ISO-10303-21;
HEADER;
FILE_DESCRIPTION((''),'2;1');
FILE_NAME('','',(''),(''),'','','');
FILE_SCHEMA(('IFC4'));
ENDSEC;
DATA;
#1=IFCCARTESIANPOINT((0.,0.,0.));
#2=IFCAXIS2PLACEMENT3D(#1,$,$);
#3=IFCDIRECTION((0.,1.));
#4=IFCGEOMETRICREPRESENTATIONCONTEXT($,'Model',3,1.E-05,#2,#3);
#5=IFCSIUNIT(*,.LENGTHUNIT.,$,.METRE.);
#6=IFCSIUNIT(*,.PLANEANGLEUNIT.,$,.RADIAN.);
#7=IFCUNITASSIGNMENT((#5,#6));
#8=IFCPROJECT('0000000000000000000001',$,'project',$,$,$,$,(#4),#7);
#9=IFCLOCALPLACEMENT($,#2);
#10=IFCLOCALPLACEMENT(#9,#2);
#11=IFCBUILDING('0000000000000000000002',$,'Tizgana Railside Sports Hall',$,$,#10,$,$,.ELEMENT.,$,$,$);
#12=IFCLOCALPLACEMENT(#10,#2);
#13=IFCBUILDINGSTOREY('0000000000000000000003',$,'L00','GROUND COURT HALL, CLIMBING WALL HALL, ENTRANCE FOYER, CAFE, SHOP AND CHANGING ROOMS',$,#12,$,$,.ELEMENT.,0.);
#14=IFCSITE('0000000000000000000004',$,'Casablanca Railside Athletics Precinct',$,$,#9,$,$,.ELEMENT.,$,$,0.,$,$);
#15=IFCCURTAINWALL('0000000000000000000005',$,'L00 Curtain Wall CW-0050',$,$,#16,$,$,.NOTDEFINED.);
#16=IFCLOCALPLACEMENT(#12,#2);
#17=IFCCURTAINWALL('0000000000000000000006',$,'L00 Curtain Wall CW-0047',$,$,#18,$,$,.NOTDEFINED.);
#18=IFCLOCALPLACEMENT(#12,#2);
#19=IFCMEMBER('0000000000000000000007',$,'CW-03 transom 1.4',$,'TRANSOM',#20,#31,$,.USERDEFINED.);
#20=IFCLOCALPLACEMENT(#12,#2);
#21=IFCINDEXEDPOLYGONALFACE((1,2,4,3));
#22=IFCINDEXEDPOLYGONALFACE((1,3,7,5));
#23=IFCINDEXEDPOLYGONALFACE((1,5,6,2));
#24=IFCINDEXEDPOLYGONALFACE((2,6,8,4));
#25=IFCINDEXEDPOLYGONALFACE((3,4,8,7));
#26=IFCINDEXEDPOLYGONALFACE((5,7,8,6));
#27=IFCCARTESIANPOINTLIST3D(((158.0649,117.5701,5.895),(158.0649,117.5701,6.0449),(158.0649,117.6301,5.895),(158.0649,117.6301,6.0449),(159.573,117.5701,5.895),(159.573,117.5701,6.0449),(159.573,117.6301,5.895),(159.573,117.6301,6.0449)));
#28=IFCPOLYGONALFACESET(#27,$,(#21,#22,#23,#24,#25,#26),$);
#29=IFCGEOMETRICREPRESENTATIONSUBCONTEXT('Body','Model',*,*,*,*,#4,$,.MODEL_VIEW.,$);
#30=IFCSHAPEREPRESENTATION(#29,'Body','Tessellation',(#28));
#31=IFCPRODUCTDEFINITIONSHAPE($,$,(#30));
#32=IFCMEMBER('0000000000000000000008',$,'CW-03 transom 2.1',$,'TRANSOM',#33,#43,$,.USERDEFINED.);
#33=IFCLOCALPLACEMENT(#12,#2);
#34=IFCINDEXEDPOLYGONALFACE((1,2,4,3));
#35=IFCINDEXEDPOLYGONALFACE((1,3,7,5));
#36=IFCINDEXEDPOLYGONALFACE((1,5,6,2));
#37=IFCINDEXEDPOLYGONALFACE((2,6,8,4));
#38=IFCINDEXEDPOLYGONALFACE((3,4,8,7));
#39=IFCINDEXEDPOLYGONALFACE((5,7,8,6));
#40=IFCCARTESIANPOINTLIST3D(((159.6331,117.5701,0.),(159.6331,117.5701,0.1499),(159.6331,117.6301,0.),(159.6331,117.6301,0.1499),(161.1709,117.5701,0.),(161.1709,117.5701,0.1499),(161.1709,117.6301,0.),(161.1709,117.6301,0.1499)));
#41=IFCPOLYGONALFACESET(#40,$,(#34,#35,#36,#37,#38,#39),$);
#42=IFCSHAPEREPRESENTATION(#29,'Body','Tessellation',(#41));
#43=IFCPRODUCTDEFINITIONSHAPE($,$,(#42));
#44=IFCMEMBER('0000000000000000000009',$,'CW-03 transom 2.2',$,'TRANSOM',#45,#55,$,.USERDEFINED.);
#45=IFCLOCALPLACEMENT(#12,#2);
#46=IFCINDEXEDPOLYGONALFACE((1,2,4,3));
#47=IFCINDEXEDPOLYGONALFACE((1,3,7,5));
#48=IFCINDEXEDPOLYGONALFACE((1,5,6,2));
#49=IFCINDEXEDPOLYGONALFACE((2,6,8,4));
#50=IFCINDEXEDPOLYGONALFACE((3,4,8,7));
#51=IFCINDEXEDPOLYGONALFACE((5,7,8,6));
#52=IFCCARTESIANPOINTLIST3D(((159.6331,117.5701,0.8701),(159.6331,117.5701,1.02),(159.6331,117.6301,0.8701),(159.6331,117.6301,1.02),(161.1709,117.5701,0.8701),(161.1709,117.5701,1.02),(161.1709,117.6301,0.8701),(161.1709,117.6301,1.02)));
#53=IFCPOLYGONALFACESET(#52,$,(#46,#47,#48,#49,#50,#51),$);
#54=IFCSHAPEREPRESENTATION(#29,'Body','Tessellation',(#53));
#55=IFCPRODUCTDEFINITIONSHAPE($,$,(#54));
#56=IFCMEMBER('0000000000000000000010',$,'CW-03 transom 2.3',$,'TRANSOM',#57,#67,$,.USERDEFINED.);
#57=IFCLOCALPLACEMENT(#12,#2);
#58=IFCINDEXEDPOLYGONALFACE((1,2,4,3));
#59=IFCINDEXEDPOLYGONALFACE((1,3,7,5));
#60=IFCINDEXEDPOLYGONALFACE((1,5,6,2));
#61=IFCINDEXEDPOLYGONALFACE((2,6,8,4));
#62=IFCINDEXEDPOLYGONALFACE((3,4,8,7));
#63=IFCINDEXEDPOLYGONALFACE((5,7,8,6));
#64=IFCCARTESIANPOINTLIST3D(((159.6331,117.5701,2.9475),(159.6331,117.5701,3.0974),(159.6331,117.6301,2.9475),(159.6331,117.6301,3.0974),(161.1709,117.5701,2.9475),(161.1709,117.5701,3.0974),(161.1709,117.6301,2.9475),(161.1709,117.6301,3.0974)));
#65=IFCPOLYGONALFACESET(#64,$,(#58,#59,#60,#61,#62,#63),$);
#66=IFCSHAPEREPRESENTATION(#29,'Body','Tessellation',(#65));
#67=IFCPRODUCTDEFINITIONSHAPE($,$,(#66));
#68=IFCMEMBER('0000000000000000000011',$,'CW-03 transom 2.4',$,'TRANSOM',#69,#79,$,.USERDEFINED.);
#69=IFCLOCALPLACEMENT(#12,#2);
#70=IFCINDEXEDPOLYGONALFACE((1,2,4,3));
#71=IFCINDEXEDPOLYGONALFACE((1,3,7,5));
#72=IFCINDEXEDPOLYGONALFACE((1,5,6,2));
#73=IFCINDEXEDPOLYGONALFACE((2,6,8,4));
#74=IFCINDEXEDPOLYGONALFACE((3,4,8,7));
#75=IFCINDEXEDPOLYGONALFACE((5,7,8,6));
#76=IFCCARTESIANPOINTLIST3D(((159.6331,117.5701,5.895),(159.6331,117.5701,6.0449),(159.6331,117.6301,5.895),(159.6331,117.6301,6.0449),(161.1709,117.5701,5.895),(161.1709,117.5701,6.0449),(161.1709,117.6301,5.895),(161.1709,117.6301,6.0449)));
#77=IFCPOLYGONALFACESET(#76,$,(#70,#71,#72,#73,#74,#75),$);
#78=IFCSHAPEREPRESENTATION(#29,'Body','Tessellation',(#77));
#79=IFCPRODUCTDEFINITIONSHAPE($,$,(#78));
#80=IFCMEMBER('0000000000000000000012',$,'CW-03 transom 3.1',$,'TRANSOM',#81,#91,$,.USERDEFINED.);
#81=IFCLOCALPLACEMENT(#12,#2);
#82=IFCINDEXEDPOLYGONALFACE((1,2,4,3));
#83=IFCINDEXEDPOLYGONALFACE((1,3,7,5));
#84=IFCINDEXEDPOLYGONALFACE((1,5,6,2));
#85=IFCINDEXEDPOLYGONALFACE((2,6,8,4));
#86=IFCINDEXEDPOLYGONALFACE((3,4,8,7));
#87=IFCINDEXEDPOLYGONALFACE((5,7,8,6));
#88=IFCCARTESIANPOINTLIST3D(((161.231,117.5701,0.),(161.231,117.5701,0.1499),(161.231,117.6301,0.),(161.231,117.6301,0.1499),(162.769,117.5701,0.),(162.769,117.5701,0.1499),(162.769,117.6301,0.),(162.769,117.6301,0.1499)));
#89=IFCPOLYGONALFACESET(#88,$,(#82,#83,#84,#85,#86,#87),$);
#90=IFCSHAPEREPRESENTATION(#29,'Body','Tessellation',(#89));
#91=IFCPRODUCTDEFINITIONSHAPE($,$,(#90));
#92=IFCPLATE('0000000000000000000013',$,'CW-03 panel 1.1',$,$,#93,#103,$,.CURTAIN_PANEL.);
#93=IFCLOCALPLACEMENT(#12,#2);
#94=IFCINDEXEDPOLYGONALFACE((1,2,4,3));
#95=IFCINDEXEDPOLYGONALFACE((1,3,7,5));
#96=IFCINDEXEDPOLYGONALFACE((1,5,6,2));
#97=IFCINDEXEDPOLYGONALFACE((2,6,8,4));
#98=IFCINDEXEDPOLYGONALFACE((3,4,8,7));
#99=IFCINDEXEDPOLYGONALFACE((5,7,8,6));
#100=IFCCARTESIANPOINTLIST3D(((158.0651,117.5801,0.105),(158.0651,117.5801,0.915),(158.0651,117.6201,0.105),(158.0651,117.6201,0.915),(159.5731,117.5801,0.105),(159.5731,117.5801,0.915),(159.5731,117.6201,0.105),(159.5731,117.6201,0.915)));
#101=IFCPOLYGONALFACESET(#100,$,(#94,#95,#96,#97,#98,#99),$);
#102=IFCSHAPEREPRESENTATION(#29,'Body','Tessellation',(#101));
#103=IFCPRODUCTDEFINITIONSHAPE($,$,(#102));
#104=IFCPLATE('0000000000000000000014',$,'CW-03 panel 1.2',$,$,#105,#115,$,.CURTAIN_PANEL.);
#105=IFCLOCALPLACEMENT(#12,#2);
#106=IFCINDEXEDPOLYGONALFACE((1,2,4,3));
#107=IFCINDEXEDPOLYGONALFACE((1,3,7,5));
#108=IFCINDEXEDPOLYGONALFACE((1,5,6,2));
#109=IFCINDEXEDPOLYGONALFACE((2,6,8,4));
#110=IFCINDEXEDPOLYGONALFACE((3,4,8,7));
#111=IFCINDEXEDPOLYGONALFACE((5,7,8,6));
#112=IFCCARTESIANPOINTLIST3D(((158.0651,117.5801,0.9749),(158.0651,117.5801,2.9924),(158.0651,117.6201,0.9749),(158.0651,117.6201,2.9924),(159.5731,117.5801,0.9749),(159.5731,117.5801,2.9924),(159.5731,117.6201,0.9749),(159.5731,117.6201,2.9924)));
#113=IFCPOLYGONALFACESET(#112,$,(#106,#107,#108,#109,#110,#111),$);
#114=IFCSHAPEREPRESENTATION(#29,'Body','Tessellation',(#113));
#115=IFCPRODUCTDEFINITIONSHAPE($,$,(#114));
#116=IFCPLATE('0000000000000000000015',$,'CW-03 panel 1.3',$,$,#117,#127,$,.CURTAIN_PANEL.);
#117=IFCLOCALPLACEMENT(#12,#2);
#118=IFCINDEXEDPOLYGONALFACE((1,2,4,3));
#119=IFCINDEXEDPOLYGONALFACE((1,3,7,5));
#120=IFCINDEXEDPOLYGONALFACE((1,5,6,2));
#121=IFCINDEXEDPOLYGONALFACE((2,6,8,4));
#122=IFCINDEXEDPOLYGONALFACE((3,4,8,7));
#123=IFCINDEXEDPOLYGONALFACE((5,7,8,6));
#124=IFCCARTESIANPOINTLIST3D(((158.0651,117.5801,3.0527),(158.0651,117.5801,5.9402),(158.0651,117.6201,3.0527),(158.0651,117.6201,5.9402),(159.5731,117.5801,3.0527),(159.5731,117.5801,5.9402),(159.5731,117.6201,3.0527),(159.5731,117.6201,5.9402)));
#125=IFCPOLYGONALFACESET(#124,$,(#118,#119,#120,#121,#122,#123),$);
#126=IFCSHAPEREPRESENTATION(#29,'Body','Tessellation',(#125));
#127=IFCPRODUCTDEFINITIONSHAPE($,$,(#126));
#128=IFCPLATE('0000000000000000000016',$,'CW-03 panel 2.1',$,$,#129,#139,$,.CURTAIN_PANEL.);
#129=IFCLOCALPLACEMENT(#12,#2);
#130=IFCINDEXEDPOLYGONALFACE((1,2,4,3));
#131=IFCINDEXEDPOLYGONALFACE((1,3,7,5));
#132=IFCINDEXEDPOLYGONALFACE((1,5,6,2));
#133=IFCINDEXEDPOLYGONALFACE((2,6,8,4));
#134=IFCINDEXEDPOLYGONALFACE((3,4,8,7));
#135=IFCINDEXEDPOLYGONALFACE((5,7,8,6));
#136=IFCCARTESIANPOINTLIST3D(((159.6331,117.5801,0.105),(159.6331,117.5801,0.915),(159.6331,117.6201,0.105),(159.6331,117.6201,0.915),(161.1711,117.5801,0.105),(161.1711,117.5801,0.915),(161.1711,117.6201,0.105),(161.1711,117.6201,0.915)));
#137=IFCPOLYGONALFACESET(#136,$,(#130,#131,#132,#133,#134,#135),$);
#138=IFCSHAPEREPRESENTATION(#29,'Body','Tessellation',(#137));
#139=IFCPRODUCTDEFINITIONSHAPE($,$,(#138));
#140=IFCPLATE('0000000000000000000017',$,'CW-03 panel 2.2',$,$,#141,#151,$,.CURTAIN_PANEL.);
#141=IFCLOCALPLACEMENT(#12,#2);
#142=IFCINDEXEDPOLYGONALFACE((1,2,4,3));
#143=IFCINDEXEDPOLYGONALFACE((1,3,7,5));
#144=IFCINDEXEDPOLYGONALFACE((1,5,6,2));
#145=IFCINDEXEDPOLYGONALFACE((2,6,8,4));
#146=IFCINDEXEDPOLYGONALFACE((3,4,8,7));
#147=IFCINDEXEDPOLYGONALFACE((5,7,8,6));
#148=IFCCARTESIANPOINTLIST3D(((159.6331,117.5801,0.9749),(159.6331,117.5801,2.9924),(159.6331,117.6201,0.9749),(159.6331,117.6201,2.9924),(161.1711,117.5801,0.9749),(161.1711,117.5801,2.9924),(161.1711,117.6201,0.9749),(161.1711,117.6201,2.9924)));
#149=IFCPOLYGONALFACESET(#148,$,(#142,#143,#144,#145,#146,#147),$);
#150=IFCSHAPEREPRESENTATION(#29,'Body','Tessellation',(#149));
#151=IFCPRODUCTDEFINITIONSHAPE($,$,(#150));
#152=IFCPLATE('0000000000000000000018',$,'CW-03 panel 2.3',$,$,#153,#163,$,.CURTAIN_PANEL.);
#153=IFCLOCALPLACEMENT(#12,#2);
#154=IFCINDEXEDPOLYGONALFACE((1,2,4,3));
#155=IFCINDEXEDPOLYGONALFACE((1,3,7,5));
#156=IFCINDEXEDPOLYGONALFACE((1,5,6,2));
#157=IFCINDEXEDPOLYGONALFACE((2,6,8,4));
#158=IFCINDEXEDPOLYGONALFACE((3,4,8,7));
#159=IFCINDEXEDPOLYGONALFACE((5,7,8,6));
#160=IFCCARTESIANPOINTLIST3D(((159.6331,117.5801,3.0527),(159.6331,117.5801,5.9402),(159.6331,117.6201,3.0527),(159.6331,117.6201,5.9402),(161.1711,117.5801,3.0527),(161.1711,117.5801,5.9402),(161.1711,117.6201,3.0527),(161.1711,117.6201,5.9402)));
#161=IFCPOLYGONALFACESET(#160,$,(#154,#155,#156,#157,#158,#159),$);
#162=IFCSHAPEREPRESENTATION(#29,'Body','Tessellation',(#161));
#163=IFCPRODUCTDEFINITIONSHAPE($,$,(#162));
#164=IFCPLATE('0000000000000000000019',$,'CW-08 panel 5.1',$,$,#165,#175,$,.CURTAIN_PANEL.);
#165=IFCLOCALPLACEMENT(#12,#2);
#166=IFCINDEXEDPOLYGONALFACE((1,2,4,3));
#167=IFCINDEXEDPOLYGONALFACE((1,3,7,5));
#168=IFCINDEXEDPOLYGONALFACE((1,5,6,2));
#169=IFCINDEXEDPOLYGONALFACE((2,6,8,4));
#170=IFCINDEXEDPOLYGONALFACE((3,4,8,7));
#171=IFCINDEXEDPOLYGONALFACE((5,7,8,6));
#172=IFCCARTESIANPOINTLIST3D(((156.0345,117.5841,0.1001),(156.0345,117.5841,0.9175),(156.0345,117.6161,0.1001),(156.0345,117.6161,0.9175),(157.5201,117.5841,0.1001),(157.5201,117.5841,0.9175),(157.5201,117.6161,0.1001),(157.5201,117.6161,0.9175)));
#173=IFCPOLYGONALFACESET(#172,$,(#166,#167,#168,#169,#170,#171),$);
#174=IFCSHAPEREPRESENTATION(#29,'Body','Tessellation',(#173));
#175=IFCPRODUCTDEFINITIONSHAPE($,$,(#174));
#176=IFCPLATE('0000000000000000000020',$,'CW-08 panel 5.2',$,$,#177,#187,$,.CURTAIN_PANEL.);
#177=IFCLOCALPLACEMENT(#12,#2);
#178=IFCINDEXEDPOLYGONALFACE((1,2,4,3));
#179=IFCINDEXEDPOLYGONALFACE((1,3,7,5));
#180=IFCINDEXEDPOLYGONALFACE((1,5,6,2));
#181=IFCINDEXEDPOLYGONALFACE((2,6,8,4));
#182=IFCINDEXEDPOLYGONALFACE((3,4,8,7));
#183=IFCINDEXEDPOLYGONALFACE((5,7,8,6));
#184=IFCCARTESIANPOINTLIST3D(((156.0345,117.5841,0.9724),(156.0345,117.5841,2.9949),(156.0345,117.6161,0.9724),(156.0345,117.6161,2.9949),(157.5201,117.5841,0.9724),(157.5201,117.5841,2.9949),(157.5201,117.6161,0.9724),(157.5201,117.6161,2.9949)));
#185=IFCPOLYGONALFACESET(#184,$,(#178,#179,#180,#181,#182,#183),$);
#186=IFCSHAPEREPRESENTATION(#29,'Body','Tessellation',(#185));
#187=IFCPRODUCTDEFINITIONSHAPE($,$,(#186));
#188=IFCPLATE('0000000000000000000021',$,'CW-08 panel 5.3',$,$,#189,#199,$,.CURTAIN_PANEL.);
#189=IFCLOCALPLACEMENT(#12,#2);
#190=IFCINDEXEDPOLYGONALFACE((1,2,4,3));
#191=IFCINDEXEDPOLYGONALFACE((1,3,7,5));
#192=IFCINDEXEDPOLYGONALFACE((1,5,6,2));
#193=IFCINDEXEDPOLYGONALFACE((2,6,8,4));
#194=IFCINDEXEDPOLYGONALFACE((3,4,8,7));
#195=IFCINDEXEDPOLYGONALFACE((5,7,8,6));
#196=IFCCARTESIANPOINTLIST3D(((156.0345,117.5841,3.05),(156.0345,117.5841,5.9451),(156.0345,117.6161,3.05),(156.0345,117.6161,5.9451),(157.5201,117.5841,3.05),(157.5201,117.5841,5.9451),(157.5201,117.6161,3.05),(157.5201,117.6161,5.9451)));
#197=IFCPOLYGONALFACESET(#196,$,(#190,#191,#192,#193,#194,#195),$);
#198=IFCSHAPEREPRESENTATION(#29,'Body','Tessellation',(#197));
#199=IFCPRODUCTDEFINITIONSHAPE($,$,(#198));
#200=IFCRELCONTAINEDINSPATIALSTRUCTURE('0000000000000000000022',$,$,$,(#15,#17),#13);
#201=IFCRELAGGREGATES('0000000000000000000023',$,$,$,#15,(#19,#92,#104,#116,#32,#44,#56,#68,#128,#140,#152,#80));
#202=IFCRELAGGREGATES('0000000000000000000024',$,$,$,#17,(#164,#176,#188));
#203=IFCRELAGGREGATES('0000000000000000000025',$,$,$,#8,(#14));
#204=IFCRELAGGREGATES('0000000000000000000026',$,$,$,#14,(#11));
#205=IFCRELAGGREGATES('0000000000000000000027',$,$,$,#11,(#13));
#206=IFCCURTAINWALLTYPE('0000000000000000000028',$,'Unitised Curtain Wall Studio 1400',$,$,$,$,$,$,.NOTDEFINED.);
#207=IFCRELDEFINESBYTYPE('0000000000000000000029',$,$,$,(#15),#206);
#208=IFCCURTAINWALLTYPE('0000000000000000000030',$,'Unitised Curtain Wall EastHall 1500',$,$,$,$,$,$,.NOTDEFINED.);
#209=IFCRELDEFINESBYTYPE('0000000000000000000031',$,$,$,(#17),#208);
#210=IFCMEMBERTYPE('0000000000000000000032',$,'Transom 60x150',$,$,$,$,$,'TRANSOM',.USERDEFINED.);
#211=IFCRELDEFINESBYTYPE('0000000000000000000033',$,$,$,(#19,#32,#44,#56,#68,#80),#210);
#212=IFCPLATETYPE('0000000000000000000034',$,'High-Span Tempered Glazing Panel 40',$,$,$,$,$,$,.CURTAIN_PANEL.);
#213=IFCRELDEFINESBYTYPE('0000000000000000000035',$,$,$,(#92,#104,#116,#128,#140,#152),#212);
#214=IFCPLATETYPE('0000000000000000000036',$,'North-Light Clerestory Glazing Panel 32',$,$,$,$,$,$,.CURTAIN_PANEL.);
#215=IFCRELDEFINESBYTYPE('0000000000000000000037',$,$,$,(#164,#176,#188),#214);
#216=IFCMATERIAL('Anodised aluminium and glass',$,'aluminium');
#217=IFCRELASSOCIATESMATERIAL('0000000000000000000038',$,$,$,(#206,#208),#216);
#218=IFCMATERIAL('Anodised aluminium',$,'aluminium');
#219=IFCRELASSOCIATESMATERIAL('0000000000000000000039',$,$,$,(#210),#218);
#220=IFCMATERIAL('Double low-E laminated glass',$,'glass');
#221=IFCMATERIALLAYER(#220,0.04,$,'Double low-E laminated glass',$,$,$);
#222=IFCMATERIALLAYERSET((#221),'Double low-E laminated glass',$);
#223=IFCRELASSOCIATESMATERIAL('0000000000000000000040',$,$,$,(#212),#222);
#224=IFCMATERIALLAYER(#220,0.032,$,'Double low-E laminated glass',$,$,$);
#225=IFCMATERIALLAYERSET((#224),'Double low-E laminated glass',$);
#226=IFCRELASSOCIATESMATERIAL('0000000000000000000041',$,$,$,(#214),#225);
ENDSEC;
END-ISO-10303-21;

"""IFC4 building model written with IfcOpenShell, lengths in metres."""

from ifc_helpers import new_model, si_unit, direction, frame, origin, origin_2d, place, context, subcontext, project, spatial, rectangle, extrude, material, layer, layer_set, material_profile, profile_set, type_object, element, aggregate, save


model = new_model("IFC4")

# Units and contexts
model_context = context("Model", 3, precision=1e-05, world=origin(), true_north=direction((0.0, 1.0)))
body_context = subcontext(model_context, "Body", "Model", "MODEL_VIEW")
ifc_project = project(units=[si_unit("LENGTHUNIT", "METRE"), si_unit("PLANEANGLEUNIT", "RADIAN")], contexts=[model_context])

# Site, building, storey
site_placement = place(None, origin())
site = spatial("IfcSite", under=ifc_project, at=site_placement, Name="Casablanca Railside Athletics Precinct", CompositionType="ELEMENT", RefElevation=0.0)
building_placement = place(site_placement, origin())
building = spatial("IfcBuilding", under=site, at=building_placement, Name="Tizgana Railside Sports Hall", CompositionType="ELEMENT")
storey_placement = place(building_placement, origin())
storey = spatial("IfcBuildingStorey", under=building, at=storey_placement, Name="L00", Description="GROUND COURT HALL, CLIMBING WALL HALL, ENTRANCE FOYER, CAFE, SHOP AND CHANGING ROOMS", CompositionType="ELEMENT", Elevation=0.0)

# Curtain walls
ifc_material_1 = material(Name="Anodised aluminium and glass", Category="aluminium")
curtain_wall_type_1 = type_object("IfcCurtainWallType", Name="Unitised Curtain Wall Studio 1400", PredefinedType="NOTDEFINED", material=ifc_material_1)
curtain_wall_1_placement = place(storey_placement, origin())
curtain_wall_1 = element("IfcCurtainWall", 1, at=curtain_wall_1_placement, inside=storey, type_object=curtain_wall_type_1, Name="L00 Curtain Wall CW-0050", PredefinedType="NOTDEFINED")
ifc_material_2 = material(Name="Anodised aluminium", Category="aluminium")
curtain_wall_type_2 = type_object("IfcCurtainWallType", Name="Unitised Curtain Wall EastHall 1500", PredefinedType="NOTDEFINED", material=ifc_material_1)
curtain_wall_2_placement = place(storey_placement, origin())
curtain_wall_2 = element("IfcCurtainWall", 2, at=curtain_wall_2_placement, inside=storey, type_object=curtain_wall_type_2, Name="L00 Curtain Wall CW-0047", PredefinedType="NOTDEFINED")

# Members
ifc_material_profile_1 = material_profile(ifc_material_2, rectangle(XDim=0.0601, YDim=0.1499, at=origin_2d()), Name="Transom 60x150")
ifc_profile_set_1 = profile_set([ifc_material_profile_1], Name="Anodised aluminium")
member_type_1 = type_object("IfcMemberType", Name="Transom 60x150", ElementType="TRANSOM", PredefinedType="USERDEFINED", material=ifc_profile_set_1)
member_1_placement = place(storey_placement, frame((158.0649, 117.6001, 5.97), z_axis=(1.0, 0.0, 0.0), x_axis=(0.0, 1.0, 0.0)))
member_1 = element("IfcMember", 3, at=member_1_placement, type_object=member_type_1, Name="CW-03 transom 1.4", ObjectType="TRANSOM", PredefinedType="USERDEFINED", context=body_context, shape_type="SweptSolid", body=[
    extrude(rectangle(XDim=0.0601, YDim=0.1499, at=origin_2d()), origin(), (0.0, 0.0, 1.0), 1.5081),
])
member_2_placement = place(storey_placement, frame((159.6331, 117.6001, 0.075), z_axis=(1.0, 0.0, 0.0), x_axis=(0.0, 1.0, 0.0)))
member_2 = element("IfcMember", 4, at=member_2_placement, type_object=member_type_1, Name="CW-03 transom 2.1", ObjectType="TRANSOM", PredefinedType="USERDEFINED", context=body_context, shape_type="SweptSolid", body=[
    extrude(rectangle(XDim=0.0601, YDim=0.1499, at=origin_2d()), origin(), (0.0, 0.0, 1.0), 1.5378),
])
member_3_placement = place(storey_placement, frame((159.6331, 117.6001, 0.9451), z_axis=(1.0, 0.0, 0.0), x_axis=(0.0, 1.0, 0.0)))
member_3 = element("IfcMember", 5, at=member_3_placement, type_object=member_type_1, Name="CW-03 transom 2.2", ObjectType="TRANSOM", PredefinedType="USERDEFINED", context=body_context, shape_type="SweptSolid", body=[
    extrude(rectangle(XDim=0.0601, YDim=0.1499, at=origin_2d()), origin(), (0.0, 0.0, 1.0), 1.5378),
])
member_4_placement = place(storey_placement, frame((159.6331, 117.6001, 3.0225), z_axis=(1.0, 0.0, 0.0), x_axis=(0.0, 1.0, 0.0)))
member_4 = element("IfcMember", 6, at=member_4_placement, type_object=member_type_1, Name="CW-03 transom 2.3", ObjectType="TRANSOM", PredefinedType="USERDEFINED", context=body_context, shape_type="SweptSolid", body=[
    extrude(rectangle(XDim=0.0601, YDim=0.1499, at=origin_2d()), origin(), (0.0, 0.0, 1.0), 1.5378),
])
member_5_placement = place(storey_placement, frame((159.6331, 117.6001, 5.97), z_axis=(1.0, 0.0, 0.0), x_axis=(0.0, 1.0, 0.0)))
member_5 = element("IfcMember", 7, at=member_5_placement, type_object=member_type_1, Name="CW-03 transom 2.4", ObjectType="TRANSOM", PredefinedType="USERDEFINED", context=body_context, shape_type="SweptSolid", body=[
    extrude(rectangle(XDim=0.0601, YDim=0.1499, at=origin_2d()), origin(), (0.0, 0.0, 1.0), 1.5378),
])
member_6_placement = place(storey_placement, frame((161.231, 117.6001, 0.075), z_axis=(1.0, 0.0, 0.0), x_axis=(0.0, 1.0, 0.0)))
member_6 = element("IfcMember", 8, at=member_6_placement, type_object=member_type_1, Name="CW-03 transom 3.1", ObjectType="TRANSOM", PredefinedType="USERDEFINED", context=body_context, shape_type="SweptSolid", body=[
    extrude(rectangle(XDim=0.0601, YDim=0.1499, at=origin_2d()), origin(), (0.0, 0.0, 1.0), 1.5381),
])

# Plates
ifc_material_3 = material(Name="Double low-E laminated glass", Category="glass")
ifc_layer_1 = layer(ifc_material_3, 0.04, Name="Double low-E laminated glass")
ifc_layer_set_1 = layer_set([ifc_layer_1], Name="Double low-E laminated glass")
plate_type_1 = type_object("IfcPlateType", Name="High-Span Tempered Glazing Panel 40", PredefinedType="CURTAIN_PANEL", material=ifc_layer_set_1)
plate_1_placement = place(storey_placement, frame((158.8191, 117.6001, 0.105), z_axis=(0.0, 0.0, 1.0), x_axis=(1.0, 0.0, 0.0)))
plate_1 = element("IfcPlate", 9, at=plate_1_placement, type_object=plate_type_1, Name="CW-03 panel 1.1", PredefinedType="CURTAIN_PANEL", context=body_context, shape_type="SweptSolid", body=[
    extrude(rectangle(XDim=1.5081, YDim=0.04, at=origin_2d()), origin(), (0.0, 0.0, 1.0), 0.8101),
])
plate_2_placement = place(storey_placement, frame((158.8191, 117.6001, 0.9749), z_axis=(0.0, 0.0, 1.0), x_axis=(1.0, 0.0, 0.0)))
plate_2 = element("IfcPlate", 10, at=plate_2_placement, type_object=plate_type_1, Name="CW-03 panel 1.2", PredefinedType="CURTAIN_PANEL", context=body_context, shape_type="SweptSolid", body=[
    extrude(rectangle(XDim=1.5081, YDim=0.04, at=origin_2d()), origin(), (0.0, 0.0, 1.0), 2.0176),
])
plate_3_placement = place(storey_placement, frame((158.8191, 117.6001, 3.0527), z_axis=(0.0, 0.0, 1.0), x_axis=(1.0, 0.0, 0.0)))
plate_3 = element("IfcPlate", 11, at=plate_3_placement, type_object=plate_type_1, Name="CW-03 panel 1.3", PredefinedType="CURTAIN_PANEL", context=body_context, shape_type="SweptSolid", body=[
    extrude(rectangle(XDim=1.5081, YDim=0.04, at=origin_2d()), origin(), (0.0, 0.0, 1.0), 2.8875),
])
plate_4_placement = place(storey_placement, frame((160.4021, 117.6001, 0.105), z_axis=(0.0, 0.0, 1.0), x_axis=(1.0, 0.0, 0.0)))
plate_4 = element("IfcPlate", 12, at=plate_4_placement, type_object=plate_type_1, Name="CW-03 panel 2.1", PredefinedType="CURTAIN_PANEL", context=body_context, shape_type="SweptSolid", body=[
    extrude(rectangle(XDim=1.5381, YDim=0.04, at=origin_2d()), origin(), (0.0, 0.0, 1.0), 0.8101),
])
plate_5_placement = place(storey_placement, frame((160.4021, 117.6001, 0.9749), z_axis=(0.0, 0.0, 1.0), x_axis=(1.0, 0.0, 0.0)))
plate_5 = element("IfcPlate", 13, at=plate_5_placement, type_object=plate_type_1, Name="CW-03 panel 2.2", PredefinedType="CURTAIN_PANEL", context=body_context, shape_type="SweptSolid", body=[
    extrude(rectangle(XDim=1.5381, YDim=0.04, at=origin_2d()), origin(), (0.0, 0.0, 1.0), 2.0176),
])
plate_6_placement = place(storey_placement, frame((160.4021, 117.6001, 3.0527), z_axis=(0.0, 0.0, 1.0), x_axis=(1.0, 0.0, 0.0)))
plate_6 = element("IfcPlate", 14, at=plate_6_placement, type_object=plate_type_1, Name="CW-03 panel 2.3", PredefinedType="CURTAIN_PANEL", context=body_context, shape_type="SweptSolid", body=[
    extrude(rectangle(XDim=1.5381, YDim=0.04, at=origin_2d()), origin(), (0.0, 0.0, 1.0), 2.8875),
])
aggregate(curtain_wall_1, [member_1, plate_1, plate_2, plate_3, member_2, member_3, member_4, member_5, plate_4, plate_5, plate_6, member_6])
ifc_layer_2 = layer(ifc_material_3, 0.032, Name="Double low-E laminated glass")
ifc_layer_set_2 = layer_set([ifc_layer_2], Name="Double low-E laminated glass")
plate_type_2 = type_object("IfcPlateType", Name="North-Light Clerestory Glazing Panel 32", PredefinedType="CURTAIN_PANEL", material=ifc_layer_set_2)
plate_7_placement = place(storey_placement, frame((156.7773, 117.6001, 0.1001), z_axis=(0.0, 0.0, 1.0), x_axis=(1.0, 0.0, 0.0)))
plate_7 = element("IfcPlate", 15, at=plate_7_placement, type_object=plate_type_2, Name="CW-08 panel 5.1", PredefinedType="CURTAIN_PANEL", context=body_context, shape_type="SweptSolid", body=[
    extrude(rectangle(XDim=1.4856, YDim=0.032, at=origin_2d()), origin(), (0.0, 0.0, 1.0), 0.8174),
])
plate_8_placement = place(storey_placement, frame((156.7773, 117.6001, 0.9724), z_axis=(0.0, 0.0, 1.0), x_axis=(1.0, 0.0, 0.0)))
plate_8 = element("IfcPlate", 16, at=plate_8_placement, type_object=plate_type_2, Name="CW-08 panel 5.2", PredefinedType="CURTAIN_PANEL", context=body_context, shape_type="SweptSolid", body=[
    extrude(rectangle(XDim=1.4856, YDim=0.032, at=origin_2d()), origin(), (0.0, 0.0, 1.0), 2.0225),
])
plate_9_placement = place(storey_placement, frame((156.7773, 117.6001, 3.05), z_axis=(0.0, 0.0, 1.0), x_axis=(1.0, 0.0, 0.0)))
plate_9 = element("IfcPlate", 17, at=plate_9_placement, type_object=plate_type_2, Name="CW-08 panel 5.3", PredefinedType="CURTAIN_PANEL", context=body_context, shape_type="SweptSolid", body=[
    extrude(rectangle(XDim=1.4856, YDim=0.032, at=origin_2d()), origin(), (0.0, 0.0, 1.0), 2.895),
])
aggregate(curtain_wall_2, [plate_7, plate_8, plate_9])

save(model, "model.ifc")
